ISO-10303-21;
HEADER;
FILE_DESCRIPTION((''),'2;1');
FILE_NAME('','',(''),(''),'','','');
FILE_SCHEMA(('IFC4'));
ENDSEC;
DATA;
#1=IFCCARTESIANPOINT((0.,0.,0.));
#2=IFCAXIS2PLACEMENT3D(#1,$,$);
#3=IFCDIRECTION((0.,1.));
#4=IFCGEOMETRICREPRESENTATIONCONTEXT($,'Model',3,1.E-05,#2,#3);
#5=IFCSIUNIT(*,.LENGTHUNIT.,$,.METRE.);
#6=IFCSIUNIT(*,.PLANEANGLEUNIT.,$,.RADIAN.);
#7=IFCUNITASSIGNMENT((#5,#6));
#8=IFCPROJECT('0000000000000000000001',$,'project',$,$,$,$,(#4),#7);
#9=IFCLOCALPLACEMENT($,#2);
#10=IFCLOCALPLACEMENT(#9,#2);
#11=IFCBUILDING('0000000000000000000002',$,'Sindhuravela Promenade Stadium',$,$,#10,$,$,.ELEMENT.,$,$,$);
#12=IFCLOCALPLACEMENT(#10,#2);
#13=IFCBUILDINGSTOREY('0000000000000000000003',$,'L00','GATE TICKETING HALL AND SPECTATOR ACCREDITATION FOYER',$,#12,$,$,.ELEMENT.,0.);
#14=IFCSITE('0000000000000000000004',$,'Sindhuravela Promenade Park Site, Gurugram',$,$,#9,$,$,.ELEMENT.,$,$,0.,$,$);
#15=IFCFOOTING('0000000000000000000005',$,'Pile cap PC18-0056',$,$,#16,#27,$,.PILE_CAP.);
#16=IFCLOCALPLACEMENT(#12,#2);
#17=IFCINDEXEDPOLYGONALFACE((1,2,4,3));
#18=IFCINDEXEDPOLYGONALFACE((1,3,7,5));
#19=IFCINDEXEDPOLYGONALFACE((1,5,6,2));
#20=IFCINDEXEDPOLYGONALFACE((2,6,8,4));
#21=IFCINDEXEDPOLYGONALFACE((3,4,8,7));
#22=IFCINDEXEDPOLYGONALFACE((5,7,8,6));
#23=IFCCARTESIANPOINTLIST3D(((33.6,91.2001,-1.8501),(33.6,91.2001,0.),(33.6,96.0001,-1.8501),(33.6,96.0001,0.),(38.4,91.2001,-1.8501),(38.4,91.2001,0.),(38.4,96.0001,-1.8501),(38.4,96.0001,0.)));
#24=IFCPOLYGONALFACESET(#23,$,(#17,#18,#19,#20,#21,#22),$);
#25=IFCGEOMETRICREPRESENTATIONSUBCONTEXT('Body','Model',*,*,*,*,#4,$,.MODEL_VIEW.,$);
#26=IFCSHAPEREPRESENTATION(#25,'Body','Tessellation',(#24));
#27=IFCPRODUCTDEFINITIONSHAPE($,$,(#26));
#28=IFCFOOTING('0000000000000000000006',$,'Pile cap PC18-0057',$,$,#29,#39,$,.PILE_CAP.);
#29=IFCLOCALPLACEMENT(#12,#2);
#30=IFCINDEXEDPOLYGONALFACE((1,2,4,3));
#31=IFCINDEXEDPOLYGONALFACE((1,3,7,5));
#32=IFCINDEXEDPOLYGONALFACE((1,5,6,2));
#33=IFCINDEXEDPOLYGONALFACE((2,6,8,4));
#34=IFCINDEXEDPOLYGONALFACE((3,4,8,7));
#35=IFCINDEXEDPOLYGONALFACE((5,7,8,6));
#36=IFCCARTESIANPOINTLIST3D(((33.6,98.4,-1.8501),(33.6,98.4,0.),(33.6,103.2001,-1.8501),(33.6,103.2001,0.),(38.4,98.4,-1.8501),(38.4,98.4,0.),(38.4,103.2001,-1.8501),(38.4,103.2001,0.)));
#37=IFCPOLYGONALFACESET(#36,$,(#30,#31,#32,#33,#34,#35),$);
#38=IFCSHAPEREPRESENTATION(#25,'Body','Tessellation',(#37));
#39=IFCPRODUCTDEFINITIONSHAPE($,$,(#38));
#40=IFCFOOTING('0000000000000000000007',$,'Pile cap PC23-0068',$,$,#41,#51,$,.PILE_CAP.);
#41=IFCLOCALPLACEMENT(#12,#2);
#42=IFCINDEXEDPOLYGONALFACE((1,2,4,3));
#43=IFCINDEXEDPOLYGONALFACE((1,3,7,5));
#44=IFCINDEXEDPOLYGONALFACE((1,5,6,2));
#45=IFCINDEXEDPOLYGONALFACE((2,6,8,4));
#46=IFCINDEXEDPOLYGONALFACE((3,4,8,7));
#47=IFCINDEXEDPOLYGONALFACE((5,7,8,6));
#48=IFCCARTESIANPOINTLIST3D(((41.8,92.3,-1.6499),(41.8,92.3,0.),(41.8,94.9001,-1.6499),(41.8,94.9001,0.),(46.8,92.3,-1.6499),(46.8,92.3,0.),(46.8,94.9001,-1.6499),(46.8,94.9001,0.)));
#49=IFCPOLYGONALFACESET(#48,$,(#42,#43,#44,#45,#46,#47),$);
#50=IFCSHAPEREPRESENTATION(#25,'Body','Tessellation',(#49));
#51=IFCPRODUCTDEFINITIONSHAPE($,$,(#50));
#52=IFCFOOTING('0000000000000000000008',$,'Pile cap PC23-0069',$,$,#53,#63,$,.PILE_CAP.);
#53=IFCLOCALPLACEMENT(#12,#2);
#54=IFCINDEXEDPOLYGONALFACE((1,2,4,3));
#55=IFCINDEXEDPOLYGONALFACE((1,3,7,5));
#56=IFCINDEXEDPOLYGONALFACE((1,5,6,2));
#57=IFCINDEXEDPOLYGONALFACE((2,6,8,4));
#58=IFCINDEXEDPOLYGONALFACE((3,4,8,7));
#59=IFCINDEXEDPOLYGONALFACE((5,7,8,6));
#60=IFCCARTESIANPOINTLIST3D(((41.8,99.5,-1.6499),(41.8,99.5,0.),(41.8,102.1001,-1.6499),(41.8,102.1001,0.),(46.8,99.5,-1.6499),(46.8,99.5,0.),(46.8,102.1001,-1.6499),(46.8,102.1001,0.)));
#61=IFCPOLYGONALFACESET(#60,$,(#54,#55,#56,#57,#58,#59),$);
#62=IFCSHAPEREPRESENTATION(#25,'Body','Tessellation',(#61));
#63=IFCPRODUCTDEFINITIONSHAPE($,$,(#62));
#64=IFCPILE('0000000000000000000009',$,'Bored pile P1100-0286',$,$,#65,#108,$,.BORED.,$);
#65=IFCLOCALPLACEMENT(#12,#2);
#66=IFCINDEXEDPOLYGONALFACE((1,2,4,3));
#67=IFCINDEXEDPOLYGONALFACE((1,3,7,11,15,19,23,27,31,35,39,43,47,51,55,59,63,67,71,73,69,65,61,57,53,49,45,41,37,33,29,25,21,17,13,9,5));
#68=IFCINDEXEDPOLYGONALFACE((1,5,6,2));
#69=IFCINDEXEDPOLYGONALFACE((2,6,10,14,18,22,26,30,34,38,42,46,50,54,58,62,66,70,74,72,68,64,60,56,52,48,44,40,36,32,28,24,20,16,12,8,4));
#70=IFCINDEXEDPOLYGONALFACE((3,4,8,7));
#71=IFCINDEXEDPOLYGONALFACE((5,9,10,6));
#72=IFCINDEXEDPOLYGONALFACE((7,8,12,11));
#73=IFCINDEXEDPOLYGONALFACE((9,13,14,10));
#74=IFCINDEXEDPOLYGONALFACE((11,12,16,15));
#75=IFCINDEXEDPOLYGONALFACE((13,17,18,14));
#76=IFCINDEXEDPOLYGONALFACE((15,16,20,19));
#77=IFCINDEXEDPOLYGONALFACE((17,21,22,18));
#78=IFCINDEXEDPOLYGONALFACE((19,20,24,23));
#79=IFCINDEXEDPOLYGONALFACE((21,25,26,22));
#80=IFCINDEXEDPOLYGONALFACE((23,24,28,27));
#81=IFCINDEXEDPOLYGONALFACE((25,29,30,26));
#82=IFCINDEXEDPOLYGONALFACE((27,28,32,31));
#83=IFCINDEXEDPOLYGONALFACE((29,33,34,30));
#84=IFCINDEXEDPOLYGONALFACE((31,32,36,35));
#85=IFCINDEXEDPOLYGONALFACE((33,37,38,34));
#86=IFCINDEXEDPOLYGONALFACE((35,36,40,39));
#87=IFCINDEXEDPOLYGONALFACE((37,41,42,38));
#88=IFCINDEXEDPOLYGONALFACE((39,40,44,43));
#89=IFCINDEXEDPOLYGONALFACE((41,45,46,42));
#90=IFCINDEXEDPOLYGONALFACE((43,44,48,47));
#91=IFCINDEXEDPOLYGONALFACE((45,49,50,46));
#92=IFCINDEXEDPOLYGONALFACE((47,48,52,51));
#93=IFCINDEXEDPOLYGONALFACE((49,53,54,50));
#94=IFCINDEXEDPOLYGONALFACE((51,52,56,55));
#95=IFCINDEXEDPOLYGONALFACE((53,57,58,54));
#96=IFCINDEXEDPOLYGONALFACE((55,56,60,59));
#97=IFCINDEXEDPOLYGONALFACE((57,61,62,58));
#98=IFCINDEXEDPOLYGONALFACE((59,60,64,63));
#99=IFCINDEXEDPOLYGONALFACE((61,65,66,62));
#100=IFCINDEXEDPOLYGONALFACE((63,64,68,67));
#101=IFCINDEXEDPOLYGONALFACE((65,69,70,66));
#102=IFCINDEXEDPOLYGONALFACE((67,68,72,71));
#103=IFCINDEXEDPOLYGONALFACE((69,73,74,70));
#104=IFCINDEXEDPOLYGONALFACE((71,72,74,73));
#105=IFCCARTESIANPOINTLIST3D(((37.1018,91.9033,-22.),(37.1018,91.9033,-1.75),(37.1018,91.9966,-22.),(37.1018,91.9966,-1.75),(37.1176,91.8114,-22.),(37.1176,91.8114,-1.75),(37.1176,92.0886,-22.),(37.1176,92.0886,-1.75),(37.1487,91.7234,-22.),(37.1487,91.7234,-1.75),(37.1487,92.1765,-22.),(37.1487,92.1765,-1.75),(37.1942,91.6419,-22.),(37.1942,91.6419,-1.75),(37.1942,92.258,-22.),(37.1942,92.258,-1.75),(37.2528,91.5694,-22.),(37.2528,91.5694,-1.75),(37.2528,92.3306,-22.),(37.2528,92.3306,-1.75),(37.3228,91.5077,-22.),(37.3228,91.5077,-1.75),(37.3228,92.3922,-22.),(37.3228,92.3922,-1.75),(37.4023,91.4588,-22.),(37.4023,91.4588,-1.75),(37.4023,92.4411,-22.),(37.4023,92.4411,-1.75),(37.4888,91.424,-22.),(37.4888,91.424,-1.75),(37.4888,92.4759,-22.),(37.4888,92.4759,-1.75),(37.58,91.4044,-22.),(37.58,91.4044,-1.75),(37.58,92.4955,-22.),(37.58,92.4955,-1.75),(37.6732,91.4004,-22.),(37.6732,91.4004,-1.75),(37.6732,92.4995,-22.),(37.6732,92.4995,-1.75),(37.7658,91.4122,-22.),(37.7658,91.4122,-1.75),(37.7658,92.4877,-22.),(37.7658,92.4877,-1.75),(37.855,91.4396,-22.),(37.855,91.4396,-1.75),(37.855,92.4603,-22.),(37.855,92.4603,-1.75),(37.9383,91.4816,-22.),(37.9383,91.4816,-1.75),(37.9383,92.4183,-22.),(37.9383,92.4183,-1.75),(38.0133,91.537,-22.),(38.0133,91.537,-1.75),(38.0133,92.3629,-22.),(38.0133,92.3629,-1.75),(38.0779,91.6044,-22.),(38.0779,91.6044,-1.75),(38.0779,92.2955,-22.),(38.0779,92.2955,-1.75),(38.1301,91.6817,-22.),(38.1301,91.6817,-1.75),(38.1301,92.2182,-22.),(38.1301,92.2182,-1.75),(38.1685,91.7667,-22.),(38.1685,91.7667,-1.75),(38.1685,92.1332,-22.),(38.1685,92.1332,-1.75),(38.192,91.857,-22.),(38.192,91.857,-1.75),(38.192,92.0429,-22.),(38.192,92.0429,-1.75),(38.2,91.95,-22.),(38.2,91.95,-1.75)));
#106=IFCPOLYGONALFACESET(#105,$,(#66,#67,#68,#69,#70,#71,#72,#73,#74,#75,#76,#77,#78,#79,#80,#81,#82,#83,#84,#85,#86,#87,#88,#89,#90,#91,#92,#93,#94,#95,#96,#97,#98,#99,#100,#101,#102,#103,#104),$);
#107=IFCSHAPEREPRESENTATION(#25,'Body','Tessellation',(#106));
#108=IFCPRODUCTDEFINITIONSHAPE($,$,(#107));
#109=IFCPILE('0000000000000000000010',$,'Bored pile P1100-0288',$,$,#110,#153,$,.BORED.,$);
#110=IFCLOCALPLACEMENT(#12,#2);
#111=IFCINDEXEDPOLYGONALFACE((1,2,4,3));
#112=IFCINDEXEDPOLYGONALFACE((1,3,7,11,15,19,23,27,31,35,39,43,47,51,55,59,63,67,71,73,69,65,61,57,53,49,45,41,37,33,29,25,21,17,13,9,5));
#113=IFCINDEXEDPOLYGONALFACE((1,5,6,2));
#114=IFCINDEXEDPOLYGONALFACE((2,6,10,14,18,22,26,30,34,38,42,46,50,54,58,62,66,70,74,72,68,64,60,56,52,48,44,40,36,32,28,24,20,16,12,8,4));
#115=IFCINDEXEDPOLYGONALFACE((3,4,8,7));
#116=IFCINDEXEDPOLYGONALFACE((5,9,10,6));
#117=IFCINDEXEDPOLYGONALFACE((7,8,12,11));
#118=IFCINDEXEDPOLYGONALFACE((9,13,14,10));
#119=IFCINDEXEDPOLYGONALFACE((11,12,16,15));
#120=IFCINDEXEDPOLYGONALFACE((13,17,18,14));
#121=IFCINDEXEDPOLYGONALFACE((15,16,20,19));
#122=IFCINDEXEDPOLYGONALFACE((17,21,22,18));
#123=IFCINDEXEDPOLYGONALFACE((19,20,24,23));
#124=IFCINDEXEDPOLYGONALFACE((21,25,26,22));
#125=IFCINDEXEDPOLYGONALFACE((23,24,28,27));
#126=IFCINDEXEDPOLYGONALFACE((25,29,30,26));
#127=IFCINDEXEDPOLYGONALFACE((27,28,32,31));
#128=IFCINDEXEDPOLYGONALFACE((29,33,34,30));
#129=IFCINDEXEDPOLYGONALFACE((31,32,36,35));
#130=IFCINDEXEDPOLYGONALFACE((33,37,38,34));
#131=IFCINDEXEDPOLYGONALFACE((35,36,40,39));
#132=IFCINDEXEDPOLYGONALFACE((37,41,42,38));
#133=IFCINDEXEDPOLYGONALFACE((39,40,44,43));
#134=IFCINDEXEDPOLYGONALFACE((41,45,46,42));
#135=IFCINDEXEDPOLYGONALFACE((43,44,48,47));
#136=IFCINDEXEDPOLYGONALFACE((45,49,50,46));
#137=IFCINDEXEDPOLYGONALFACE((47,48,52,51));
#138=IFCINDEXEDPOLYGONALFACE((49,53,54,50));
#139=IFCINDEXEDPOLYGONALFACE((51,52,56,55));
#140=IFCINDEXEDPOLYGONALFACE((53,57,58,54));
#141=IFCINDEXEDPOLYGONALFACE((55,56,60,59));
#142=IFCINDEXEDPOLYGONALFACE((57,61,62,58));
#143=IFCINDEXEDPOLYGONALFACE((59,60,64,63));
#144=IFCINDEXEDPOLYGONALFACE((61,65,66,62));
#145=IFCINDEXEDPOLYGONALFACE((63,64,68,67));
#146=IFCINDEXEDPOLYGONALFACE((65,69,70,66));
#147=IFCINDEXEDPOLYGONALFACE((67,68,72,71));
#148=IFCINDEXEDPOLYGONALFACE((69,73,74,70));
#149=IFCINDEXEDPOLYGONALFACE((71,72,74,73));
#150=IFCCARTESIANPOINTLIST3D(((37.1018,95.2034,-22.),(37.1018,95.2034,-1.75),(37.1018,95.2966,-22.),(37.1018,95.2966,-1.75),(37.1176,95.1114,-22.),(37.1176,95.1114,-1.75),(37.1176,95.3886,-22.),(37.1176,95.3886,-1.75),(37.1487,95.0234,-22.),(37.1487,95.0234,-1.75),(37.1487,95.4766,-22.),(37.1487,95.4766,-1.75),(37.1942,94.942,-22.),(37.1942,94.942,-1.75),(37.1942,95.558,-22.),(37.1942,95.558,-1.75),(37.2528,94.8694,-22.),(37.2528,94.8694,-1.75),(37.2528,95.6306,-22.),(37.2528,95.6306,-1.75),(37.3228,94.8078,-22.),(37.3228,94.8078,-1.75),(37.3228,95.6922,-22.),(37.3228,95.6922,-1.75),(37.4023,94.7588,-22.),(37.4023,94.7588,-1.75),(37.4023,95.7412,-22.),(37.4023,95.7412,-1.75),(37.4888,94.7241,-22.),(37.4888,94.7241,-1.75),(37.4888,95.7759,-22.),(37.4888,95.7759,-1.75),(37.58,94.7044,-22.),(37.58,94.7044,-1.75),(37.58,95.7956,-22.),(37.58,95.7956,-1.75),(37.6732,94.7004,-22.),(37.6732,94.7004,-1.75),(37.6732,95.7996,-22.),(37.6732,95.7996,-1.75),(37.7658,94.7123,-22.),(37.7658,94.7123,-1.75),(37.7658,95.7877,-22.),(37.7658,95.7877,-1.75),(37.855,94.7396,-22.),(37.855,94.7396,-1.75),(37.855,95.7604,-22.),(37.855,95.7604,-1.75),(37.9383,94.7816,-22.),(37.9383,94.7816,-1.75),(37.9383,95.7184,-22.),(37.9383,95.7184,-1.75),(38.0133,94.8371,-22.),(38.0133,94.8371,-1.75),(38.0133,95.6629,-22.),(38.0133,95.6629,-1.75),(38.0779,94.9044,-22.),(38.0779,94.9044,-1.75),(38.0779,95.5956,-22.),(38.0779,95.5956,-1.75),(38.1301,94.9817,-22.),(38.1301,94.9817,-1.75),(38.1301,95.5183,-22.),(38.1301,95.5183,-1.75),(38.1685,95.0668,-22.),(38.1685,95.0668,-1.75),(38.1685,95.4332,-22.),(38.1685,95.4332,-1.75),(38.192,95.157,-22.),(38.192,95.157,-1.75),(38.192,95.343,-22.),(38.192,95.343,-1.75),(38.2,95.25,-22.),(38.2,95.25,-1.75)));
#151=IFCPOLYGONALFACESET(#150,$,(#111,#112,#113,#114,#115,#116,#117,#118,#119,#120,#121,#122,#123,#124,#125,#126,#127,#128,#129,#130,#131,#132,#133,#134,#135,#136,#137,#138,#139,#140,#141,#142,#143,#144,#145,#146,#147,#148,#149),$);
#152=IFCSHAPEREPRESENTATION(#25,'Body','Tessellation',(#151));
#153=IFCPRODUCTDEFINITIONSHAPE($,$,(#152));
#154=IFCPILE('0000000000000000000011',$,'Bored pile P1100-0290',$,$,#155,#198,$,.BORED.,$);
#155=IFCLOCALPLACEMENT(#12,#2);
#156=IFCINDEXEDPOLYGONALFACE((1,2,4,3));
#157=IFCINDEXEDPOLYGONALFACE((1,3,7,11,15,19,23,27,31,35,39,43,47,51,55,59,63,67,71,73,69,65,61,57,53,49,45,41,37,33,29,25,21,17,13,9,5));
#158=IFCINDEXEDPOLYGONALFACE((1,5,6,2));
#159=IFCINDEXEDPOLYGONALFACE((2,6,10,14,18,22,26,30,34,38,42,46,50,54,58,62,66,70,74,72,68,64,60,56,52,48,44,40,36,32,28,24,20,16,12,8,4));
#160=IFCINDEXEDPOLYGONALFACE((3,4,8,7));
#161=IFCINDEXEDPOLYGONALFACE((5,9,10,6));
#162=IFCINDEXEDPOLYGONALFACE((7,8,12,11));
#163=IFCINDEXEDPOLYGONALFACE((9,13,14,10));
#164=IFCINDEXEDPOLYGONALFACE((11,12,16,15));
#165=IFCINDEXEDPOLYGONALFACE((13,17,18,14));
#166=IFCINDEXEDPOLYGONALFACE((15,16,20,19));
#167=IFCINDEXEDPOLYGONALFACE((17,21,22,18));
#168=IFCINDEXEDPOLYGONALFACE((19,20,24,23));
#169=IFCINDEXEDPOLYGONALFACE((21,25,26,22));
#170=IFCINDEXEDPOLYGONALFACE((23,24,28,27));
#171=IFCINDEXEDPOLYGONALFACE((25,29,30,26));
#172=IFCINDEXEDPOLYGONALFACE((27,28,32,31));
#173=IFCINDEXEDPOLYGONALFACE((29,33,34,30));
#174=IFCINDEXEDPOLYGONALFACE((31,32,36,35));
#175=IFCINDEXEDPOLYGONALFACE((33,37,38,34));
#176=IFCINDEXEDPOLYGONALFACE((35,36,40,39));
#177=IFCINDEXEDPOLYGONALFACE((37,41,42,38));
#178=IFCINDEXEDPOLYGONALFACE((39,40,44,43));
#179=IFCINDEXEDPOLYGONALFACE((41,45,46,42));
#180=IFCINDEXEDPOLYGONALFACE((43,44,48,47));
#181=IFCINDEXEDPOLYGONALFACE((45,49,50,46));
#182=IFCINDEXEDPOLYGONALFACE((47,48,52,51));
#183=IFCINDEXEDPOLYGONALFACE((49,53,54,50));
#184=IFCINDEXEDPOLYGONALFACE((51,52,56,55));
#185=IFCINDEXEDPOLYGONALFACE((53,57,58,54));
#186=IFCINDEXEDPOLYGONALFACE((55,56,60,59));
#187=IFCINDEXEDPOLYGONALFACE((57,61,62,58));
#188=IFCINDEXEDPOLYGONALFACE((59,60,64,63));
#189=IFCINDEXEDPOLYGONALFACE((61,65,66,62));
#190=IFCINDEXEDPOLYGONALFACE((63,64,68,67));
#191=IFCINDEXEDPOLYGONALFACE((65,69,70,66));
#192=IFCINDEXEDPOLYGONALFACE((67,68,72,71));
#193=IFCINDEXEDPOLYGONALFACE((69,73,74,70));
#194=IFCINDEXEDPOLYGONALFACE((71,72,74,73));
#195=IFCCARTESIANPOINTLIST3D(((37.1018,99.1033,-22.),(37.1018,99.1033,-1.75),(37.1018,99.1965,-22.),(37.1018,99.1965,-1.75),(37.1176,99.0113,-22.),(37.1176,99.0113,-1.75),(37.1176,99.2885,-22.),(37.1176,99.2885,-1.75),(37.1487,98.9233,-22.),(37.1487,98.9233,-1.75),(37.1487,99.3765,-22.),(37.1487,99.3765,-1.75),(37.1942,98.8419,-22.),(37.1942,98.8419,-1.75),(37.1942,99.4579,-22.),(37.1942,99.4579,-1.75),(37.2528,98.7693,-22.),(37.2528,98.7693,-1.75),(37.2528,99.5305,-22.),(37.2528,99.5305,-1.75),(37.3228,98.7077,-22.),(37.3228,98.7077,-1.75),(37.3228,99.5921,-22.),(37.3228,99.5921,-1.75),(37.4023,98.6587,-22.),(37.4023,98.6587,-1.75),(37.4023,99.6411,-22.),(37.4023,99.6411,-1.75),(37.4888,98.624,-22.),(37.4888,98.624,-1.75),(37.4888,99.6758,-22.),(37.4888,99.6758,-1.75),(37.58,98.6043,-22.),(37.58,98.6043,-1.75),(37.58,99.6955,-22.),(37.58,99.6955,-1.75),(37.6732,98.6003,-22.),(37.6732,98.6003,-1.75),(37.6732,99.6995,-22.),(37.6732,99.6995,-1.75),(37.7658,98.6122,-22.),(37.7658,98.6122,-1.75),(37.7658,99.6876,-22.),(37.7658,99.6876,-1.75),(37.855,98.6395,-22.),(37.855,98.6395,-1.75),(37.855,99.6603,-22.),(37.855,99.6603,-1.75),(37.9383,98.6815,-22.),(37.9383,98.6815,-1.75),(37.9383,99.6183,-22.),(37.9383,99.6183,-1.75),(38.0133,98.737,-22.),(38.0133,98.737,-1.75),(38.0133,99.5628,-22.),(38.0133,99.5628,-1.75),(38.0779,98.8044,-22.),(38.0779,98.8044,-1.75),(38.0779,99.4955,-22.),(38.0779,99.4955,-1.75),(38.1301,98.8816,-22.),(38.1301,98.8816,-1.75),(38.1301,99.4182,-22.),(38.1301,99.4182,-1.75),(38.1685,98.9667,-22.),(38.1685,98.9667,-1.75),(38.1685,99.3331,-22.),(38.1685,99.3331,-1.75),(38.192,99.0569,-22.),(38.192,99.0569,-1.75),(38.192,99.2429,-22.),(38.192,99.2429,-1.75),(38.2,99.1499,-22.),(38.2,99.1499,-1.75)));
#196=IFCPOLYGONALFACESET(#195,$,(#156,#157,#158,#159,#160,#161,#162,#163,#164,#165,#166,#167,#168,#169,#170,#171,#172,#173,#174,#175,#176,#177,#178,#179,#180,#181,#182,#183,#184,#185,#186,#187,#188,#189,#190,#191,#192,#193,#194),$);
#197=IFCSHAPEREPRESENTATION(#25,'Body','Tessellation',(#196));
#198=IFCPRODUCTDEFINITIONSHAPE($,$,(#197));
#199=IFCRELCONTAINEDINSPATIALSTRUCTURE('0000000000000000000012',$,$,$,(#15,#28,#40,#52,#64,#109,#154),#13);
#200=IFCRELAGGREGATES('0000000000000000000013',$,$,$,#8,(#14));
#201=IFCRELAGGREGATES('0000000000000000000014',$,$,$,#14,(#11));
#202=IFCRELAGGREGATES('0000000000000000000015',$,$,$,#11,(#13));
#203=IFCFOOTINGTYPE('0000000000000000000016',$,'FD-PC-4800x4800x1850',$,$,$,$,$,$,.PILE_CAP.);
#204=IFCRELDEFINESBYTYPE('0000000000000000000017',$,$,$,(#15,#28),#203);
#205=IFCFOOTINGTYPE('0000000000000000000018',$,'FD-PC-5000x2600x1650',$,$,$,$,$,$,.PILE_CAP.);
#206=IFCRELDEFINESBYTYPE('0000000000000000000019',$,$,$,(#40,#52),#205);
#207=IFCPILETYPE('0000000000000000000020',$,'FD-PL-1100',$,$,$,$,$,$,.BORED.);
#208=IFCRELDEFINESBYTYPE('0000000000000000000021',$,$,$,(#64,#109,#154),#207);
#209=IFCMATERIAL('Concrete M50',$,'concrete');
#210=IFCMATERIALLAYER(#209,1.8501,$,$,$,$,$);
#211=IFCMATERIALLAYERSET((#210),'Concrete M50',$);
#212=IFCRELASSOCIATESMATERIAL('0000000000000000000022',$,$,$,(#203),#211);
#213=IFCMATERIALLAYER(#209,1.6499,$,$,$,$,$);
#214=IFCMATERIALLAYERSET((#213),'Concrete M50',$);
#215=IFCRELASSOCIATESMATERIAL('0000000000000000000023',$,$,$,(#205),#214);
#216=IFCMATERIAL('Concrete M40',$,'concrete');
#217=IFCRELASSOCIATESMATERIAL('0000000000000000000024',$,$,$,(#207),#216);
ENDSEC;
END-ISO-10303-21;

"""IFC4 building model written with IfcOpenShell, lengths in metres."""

from ifc_helpers import new_model, si_unit, direction, frame, origin, origin_2d, place, context, subcontext, project, spatial, rectangle, circle, extrude, material, layer, layer_set, material_profile, profile_set, type_object, element, save


model = new_model("IFC4")

# Units and contexts
model_context = context("Model", 3, precision=1e-05, world=origin(), true_north=direction((0.0, 1.0)))
body_context = subcontext(model_context, "Body", "Model", "MODEL_VIEW")
ifc_project = project(units=[si_unit("LENGTHUNIT", "METRE"), si_unit("PLANEANGLEUNIT", "RADIAN")], contexts=[model_context])

# Site, building, storey
site_placement = place(None, origin())
site = spatial("IfcSite", under=ifc_project, at=site_placement, Name="Sindhuravela Promenade Park Site, Gurugram", CompositionType="ELEMENT", RefElevation=0.0)
building_placement = place(site_placement, origin())
building = spatial("IfcBuilding", under=site, at=building_placement, Name="Sindhuravela Promenade Stadium", CompositionType="ELEMENT")
storey_placement = place(building_placement, origin())
storey = spatial("IfcBuildingStorey", under=building, at=storey_placement, Name="L00", Description="GATE TICKETING HALL AND SPECTATOR ACCREDITATION FOYER", CompositionType="ELEMENT", Elevation=0.0)

# Footings
ifc_material_1 = material(Name="Concrete M50", Category="concrete")
ifc_layer_1 = layer(ifc_material_1, 1.8501)
ifc_layer_set_1 = layer_set([ifc_layer_1], Name="Concrete M50")
footing_type_1 = type_object("IfcFootingType", Name="FD-PC-4800x4800x1850", PredefinedType="PILE_CAP", material=ifc_layer_set_1)
for number, where, z_axis, x_axis, name in (
    (1, (36.0, 93.6001, -1.8501), (0.0, 0.0, 1.0), (1.0, 0.0, 0.0), "Pile cap PC18-0056"),
    (2, (36.0, 100.8, -1.8501), (0.0, 0.0, 1.0), (1.0, 0.0, 0.0), "Pile cap PC18-0057"),
):
    element("IfcFooting", number, at=place(storey_placement, frame(where, z_axis=z_axis, x_axis=x_axis)), inside=storey, type_object=footing_type_1, Name=name, PredefinedType="PILE_CAP", context=body_context, shape_type="SweptSolid", body=[
        extrude(rectangle(XDim=4.8, YDim=4.8, at=origin_2d()), origin(), (0.0, 0.0, 1.0), 1.8501),
    ])
ifc_layer_2 = layer(ifc_material_1, 1.6499)
ifc_layer_set_2 = layer_set([ifc_layer_2], Name="Concrete M50")
footing_type_2 = type_object("IfcFootingType", Name="FD-PC-5000x2600x1650", PredefinedType="PILE_CAP", material=ifc_layer_set_2)
for number, where, z_axis, x_axis, name in (
    (3, (44.3, 93.6001, -1.6499), (0.0, 0.0, 1.0), (1.0, 0.0, 0.0), "Pile cap PC23-0068"),
    (4, (44.3, 100.8, -1.6499), (0.0, 0.0, 1.0), (1.0, 0.0, 0.0), "Pile cap PC23-0069"),
):
    element("IfcFooting", number, at=place(storey_placement, frame(where, z_axis=z_axis, x_axis=x_axis)), inside=storey, type_object=footing_type_2, Name=name, PredefinedType="PILE_CAP", context=body_context, shape_type="SweptSolid", body=[
        extrude(rectangle(XDim=5.0, YDim=2.6001, at=origin_2d()), origin(), (0.0, 0.0, 1.0), 1.6499),
    ])

# Piles
ifc_material_2 = material(Name="Concrete M40", Category="concrete")
ifc_material_profile_1 = material_profile(ifc_material_2, circle(Radius=0.55, at=origin_2d()), Name="BORED PILE D1100")
ifc_profile_set_1 = profile_set([ifc_material_profile_1], Name="Concrete M40")
pile_type = type_object("IfcPileType", Name="FD-PL-1100", PredefinedType="BORED", material=ifc_profile_set_1)
for number, where, z_axis, x_axis, name in (
    (5, (37.6499, 91.95, -1.75), (0.0, 0.0, -1.0), (1.0, 0.0, 0.0), "Bored pile P1100-0286"),
    (6, (37.6499, 95.25, -1.75), (0.0, 0.0, -1.0), (1.0, 0.0, 0.0), "Bored pile P1100-0288"),
    (7, (37.6499, 99.1499, -1.75), (0.0, 0.0, -1.0), (1.0, 0.0, 0.0), "Bored pile P1100-0290"),
):
    element("IfcPile", number, at=place(storey_placement, frame(where, z_axis=z_axis, x_axis=x_axis)), inside=storey, type_object=pile_type, Name=name, PredefinedType="BORED", context=body_context, shape_type="SweptSolid", body=[
        extrude(circle(Radius=0.55, at=origin_2d()), origin(), (0.0, 0.0, 1.0), 20.25),
    ])

save(model, "model.ifc")
